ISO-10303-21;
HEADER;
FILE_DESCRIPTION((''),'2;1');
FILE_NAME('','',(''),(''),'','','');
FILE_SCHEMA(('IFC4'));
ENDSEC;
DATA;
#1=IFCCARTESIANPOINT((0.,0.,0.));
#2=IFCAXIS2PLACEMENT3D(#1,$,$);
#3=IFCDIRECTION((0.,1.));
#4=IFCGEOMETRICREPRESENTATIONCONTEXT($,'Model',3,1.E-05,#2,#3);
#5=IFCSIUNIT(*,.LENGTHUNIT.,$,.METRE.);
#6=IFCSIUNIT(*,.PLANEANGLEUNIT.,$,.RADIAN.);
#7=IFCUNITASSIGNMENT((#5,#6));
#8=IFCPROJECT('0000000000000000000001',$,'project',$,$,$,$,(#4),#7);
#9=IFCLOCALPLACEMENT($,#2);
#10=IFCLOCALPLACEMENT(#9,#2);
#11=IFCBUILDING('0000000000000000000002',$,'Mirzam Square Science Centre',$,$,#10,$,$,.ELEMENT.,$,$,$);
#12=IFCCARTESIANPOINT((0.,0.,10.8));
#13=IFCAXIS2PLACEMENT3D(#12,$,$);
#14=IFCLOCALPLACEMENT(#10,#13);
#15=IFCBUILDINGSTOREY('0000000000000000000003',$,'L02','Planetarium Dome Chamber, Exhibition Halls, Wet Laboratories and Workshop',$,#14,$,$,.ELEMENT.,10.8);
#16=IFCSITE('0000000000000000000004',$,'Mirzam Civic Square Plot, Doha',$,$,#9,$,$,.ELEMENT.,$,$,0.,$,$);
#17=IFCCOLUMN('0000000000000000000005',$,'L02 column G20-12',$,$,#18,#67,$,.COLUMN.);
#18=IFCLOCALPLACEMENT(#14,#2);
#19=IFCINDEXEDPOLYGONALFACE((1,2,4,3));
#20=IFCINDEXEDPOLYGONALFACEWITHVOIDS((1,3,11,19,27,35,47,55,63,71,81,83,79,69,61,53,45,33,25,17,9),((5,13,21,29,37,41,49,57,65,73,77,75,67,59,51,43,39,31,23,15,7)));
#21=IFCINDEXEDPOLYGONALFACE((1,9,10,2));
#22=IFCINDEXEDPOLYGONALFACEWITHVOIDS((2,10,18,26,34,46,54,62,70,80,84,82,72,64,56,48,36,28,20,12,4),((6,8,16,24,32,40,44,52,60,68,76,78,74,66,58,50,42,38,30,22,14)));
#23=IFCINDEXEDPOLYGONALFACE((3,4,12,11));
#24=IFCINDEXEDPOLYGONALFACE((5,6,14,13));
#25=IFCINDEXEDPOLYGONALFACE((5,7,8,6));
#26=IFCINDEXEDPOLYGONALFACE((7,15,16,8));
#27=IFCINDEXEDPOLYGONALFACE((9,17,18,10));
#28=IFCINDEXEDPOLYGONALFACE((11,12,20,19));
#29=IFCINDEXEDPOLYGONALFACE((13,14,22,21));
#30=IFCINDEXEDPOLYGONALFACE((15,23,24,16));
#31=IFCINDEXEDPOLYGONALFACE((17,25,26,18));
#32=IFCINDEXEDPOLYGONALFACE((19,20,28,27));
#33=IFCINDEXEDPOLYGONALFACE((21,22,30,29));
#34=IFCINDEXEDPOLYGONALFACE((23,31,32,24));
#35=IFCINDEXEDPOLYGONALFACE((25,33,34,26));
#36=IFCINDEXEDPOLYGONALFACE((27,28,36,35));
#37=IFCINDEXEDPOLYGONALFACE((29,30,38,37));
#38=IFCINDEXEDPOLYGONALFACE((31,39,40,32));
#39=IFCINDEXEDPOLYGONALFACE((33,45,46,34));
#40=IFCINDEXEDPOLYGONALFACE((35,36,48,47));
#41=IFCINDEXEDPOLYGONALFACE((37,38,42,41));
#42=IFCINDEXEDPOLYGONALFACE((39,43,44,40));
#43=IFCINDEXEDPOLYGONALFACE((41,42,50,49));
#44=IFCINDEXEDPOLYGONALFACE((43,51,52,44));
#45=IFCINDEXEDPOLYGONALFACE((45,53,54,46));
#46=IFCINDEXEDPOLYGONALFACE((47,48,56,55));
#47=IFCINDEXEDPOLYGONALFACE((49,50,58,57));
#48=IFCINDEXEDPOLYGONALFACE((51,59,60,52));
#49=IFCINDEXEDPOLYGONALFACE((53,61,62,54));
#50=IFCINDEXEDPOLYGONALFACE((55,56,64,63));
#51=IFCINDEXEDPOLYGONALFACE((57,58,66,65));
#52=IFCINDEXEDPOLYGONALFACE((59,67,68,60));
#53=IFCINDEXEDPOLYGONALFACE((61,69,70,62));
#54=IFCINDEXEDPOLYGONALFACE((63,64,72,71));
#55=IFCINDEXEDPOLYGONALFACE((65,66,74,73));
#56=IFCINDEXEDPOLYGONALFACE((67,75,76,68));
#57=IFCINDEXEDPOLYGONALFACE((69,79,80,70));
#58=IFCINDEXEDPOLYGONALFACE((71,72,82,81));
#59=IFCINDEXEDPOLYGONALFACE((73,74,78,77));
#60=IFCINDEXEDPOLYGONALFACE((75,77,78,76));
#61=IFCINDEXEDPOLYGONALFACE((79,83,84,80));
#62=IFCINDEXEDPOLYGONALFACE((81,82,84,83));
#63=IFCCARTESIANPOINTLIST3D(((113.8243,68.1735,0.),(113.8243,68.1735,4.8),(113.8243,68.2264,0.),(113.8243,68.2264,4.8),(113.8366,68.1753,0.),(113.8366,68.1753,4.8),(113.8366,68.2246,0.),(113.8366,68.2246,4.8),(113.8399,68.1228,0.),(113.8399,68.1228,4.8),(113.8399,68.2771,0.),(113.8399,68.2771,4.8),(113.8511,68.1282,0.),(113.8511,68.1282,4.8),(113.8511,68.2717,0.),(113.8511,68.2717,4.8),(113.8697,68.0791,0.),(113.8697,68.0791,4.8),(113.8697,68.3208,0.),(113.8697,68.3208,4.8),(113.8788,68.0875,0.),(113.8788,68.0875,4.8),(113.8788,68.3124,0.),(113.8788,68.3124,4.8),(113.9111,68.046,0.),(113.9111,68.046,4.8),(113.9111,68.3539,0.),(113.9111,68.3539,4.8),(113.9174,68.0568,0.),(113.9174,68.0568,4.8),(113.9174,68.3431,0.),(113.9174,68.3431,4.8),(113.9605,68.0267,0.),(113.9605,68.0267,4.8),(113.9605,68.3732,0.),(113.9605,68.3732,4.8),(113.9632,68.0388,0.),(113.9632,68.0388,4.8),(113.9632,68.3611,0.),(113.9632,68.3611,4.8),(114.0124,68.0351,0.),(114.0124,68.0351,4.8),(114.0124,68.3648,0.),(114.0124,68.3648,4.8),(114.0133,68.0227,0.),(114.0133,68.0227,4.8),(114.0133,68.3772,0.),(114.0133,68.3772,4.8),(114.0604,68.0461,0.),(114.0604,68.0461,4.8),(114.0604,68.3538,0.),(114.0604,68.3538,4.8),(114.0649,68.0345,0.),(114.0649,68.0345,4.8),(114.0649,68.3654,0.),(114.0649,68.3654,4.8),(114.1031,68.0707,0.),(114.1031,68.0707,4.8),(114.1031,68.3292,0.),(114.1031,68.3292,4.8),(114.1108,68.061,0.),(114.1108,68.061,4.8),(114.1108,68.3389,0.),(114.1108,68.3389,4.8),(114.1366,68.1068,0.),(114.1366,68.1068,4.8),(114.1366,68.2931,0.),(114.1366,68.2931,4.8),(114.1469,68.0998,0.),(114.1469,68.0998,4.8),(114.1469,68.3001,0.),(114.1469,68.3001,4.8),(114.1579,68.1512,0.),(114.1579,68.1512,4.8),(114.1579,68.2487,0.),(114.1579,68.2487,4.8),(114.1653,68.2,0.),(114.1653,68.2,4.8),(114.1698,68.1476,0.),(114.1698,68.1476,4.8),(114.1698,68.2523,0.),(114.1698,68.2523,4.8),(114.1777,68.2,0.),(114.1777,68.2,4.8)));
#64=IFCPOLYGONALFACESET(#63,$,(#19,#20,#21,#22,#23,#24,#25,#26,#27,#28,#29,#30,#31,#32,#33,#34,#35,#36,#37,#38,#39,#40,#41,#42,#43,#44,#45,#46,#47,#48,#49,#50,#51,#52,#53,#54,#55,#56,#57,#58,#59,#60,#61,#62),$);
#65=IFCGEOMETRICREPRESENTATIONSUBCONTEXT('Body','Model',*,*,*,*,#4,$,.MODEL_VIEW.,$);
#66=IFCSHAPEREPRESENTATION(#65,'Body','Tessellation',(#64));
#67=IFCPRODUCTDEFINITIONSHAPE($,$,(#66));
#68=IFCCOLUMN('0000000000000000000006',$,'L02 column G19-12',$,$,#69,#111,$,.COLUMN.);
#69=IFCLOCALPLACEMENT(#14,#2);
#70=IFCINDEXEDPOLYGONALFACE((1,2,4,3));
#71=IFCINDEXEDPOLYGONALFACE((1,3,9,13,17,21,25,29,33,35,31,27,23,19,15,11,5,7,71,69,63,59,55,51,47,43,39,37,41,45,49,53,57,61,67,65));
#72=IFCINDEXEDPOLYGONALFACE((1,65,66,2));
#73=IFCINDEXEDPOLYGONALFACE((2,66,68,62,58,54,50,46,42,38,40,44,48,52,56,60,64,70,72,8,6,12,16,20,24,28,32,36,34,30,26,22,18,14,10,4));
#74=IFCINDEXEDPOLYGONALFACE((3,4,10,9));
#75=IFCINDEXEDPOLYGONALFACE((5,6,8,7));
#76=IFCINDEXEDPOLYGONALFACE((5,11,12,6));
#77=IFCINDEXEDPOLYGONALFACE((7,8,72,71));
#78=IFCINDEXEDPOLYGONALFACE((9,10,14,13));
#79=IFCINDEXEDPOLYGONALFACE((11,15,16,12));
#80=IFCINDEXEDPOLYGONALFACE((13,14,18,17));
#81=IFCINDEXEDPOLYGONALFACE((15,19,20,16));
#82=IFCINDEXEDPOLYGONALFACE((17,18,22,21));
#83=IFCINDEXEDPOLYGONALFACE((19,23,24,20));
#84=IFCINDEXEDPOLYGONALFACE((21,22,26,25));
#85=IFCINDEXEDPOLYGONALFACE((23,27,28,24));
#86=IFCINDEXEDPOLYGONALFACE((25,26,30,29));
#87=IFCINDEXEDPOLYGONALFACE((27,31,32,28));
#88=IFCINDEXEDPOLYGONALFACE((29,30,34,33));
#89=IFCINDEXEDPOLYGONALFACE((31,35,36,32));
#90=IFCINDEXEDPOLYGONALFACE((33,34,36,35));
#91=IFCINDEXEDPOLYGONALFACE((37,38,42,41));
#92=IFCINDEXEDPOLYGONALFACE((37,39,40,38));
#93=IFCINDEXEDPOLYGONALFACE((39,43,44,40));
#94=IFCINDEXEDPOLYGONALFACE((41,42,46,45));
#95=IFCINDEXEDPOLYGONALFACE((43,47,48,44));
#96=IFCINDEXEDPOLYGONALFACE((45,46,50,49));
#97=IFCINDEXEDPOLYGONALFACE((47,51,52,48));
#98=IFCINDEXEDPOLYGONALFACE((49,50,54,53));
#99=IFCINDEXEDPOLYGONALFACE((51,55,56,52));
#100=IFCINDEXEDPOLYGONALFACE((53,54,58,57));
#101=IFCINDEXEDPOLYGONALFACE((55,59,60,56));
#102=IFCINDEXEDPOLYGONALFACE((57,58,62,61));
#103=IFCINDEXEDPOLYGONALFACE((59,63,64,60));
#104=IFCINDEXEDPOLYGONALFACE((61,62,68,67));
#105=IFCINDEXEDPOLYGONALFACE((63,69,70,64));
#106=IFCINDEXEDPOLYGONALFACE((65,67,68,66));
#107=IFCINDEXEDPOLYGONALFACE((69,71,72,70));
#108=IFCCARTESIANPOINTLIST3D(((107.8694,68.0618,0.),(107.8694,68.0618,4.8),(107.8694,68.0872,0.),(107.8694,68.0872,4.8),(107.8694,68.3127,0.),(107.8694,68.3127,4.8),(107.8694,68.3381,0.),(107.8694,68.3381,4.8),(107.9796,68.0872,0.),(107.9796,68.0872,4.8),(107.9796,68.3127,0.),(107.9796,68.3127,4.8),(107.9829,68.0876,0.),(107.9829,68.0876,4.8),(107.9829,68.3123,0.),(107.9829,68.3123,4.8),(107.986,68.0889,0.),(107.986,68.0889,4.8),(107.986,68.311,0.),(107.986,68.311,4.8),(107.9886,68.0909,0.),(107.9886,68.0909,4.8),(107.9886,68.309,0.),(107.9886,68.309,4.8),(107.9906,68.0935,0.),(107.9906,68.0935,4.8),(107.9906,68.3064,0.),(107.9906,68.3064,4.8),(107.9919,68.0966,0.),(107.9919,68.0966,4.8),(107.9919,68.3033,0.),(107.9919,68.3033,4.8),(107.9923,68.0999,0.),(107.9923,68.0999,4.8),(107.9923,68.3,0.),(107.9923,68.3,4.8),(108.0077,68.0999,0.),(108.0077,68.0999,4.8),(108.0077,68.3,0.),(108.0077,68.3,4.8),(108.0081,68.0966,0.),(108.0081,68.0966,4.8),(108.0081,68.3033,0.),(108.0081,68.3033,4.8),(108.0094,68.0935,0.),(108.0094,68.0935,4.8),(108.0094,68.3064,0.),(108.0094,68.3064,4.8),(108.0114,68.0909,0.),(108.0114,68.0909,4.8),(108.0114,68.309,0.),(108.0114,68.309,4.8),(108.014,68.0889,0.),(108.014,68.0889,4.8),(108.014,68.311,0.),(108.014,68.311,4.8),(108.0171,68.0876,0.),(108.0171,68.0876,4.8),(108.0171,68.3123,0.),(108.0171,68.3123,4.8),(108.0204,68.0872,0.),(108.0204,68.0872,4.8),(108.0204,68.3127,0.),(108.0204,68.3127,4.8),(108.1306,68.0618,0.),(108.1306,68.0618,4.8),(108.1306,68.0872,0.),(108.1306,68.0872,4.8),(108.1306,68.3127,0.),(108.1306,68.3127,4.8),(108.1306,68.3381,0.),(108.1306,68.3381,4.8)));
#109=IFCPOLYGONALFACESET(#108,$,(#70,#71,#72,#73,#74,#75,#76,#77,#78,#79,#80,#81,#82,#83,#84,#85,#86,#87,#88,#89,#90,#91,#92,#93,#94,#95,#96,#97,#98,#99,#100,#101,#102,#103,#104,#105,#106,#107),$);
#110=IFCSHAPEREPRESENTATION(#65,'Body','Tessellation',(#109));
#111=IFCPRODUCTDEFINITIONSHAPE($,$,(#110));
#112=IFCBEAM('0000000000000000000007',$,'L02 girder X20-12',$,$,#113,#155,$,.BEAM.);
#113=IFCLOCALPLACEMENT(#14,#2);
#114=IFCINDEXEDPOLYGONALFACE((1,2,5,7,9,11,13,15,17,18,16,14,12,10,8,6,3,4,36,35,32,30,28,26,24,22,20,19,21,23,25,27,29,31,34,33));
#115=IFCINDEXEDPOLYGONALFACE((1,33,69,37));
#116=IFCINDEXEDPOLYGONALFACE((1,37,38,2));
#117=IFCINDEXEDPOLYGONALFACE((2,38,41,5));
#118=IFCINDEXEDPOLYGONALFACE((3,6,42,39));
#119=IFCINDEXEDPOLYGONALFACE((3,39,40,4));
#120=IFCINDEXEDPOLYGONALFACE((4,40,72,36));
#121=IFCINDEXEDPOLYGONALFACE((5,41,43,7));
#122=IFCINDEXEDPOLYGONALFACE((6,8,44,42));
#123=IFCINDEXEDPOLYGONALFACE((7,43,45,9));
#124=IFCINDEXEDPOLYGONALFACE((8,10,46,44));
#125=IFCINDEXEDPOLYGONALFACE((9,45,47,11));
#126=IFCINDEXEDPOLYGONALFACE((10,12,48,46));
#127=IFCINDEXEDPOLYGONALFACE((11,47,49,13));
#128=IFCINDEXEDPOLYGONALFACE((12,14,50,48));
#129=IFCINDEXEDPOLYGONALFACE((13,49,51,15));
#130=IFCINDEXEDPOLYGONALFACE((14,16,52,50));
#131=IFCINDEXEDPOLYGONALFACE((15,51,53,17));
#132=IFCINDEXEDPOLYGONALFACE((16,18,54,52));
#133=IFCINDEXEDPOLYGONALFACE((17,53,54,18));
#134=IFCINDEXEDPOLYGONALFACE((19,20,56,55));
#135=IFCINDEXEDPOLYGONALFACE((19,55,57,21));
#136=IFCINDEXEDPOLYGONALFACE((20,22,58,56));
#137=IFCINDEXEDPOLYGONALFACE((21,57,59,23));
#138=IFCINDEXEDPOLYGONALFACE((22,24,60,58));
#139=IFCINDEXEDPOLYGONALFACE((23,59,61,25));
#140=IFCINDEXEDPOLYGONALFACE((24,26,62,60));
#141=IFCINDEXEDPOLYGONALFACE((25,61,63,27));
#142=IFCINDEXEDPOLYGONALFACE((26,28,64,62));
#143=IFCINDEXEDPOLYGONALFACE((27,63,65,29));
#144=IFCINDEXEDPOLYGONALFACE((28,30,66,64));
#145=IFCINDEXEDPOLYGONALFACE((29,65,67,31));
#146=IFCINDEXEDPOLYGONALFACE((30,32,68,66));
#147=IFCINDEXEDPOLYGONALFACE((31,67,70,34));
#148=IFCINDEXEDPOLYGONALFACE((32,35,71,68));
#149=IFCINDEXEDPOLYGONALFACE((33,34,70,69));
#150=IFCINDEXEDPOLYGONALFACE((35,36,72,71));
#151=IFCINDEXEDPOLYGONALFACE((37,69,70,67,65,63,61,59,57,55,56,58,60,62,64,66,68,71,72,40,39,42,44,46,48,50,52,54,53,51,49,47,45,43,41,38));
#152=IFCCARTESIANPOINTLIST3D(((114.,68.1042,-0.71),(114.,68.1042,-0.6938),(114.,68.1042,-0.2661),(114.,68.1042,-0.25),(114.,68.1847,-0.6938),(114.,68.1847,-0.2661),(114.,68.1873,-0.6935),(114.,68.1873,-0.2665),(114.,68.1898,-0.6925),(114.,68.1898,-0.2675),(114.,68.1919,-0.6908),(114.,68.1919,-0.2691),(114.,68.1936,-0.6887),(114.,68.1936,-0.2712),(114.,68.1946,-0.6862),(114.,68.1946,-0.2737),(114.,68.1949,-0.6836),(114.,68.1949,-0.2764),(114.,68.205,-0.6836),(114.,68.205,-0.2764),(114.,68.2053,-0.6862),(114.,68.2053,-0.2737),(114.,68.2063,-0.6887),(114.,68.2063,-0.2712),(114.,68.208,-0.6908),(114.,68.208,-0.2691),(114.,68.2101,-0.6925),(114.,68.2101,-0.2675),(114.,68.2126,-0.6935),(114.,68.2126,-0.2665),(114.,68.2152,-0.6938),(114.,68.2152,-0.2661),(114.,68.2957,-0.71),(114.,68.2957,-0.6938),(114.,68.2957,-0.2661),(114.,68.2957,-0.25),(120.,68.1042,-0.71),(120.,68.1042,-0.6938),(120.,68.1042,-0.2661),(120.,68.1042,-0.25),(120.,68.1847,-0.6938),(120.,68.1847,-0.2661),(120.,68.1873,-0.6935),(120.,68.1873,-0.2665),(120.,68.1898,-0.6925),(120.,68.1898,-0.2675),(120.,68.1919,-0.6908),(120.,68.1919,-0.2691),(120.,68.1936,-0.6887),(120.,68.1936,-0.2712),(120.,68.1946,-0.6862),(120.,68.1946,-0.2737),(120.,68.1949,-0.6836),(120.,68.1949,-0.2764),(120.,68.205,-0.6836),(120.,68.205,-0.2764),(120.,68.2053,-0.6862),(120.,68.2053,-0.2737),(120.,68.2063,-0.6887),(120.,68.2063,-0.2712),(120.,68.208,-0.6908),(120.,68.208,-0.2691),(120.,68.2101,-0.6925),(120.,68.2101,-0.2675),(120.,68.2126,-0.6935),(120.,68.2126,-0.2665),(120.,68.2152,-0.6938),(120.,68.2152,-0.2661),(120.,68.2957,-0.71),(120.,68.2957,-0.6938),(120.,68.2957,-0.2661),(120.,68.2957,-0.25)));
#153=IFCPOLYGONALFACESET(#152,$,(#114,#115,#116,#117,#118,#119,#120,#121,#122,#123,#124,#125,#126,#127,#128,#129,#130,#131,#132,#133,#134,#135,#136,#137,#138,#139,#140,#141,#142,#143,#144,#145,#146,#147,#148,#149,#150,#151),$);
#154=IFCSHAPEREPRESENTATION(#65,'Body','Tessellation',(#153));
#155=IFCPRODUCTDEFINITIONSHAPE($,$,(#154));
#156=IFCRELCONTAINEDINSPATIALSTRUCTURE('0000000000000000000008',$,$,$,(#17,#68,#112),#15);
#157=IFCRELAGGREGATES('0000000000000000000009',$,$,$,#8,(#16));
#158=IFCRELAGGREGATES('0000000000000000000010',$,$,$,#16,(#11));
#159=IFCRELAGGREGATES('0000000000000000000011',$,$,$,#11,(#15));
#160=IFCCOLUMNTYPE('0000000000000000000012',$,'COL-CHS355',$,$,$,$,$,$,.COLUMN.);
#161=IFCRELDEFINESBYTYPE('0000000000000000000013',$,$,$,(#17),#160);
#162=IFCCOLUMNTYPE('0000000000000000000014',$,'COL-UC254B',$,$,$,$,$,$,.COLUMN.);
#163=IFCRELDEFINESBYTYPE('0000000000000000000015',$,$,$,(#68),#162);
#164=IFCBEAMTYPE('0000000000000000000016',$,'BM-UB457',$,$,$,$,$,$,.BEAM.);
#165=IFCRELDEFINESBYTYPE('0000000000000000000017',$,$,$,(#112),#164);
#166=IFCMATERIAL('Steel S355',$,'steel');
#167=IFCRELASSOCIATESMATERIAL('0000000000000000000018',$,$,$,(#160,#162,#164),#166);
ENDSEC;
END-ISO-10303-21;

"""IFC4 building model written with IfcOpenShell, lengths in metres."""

from ifc_helpers import new_model, si_unit, direction, frame, origin, origin_2d, place, context, subcontext, project, spatial, hollow_circle, i_section, extrude, material, material_profile, profile_set, type_object, element, save


model = new_model("IFC4")

# Units and contexts
model_context = context("Model", 3, precision=1e-05, world=origin(), true_north=direction((0.0, 1.0)))
body_context = subcontext(model_context, "Body", "Model", "MODEL_VIEW")
ifc_project = project(units=[si_unit("LENGTHUNIT", "METRE"), si_unit("PLANEANGLEUNIT", "RADIAN")], contexts=[model_context])

# Site, building, storey
site_placement = place(None, origin())
site = spatial("IfcSite", under=ifc_project, at=site_placement, Name="Mirzam Civic Square Plot, Doha", CompositionType="ELEMENT", RefElevation=0.0)
building_placement = place(site_placement, origin())
building = spatial("IfcBuilding", under=site, at=building_placement, Name="Mirzam Square Science Centre", CompositionType="ELEMENT")
storey_placement = place(building_placement, frame((0.0, 0.0, 10.8)))
storey = spatial("IfcBuildingStorey", under=building, at=storey_placement, Name="L02", Description="Planetarium Dome Chamber, Exhibition Halls, Wet Laboratories and Workshop", CompositionType="ELEMENT", Elevation=10.8)

# Columns
ifc_material_1 = material(Name="Steel S355", Category="steel")
ifc_material_profile_1 = material_profile(ifc_material_1, hollow_circle(Radius=0.1777, WallThickness=0.0125, at=origin_2d()), Name="355.6x12.5CHS")
ifc_profile_set_1 = profile_set([ifc_material_profile_1], Name="Steel S355")
column_type_1 = type_object("IfcColumnType", Name="COL-CHS355", PredefinedType="COLUMN", material=ifc_profile_set_1)
column_1_placement = place(storey_placement, frame((114.0, 68.2, 0.0), z_axis=(0.0, 0.0, 1.0), x_axis=(1.0, 0.0, 0.0)))
element("IfcColumn", 1, at=column_1_placement, inside=storey, type_object=column_type_1, Name="L02 column G20-12", PredefinedType="COLUMN", context=body_context, shape_type="SweptSolid", body=[
    extrude(hollow_circle(Radius=0.1777, WallThickness=0.0125, at=origin_2d()), origin(), (0.0, 0.0, 1.0), 4.8),
])
ifc_material_profile_2 = material_profile(ifc_material_1, i_section(OverallWidth=0.2612, OverallDepth=0.2764, WebThickness=0.0154, FlangeThickness=0.0254, FilletRadius=0.0127, at=origin_2d()), Name="254x254x132UC")
ifc_profile_set_2 = profile_set([ifc_material_profile_2], Name="Steel S355")
column_type_2 = type_object("IfcColumnType", Name="COL-UC254B", PredefinedType="COLUMN", material=ifc_profile_set_2)
column_2_placement = place(storey_placement, frame((108.0, 68.2, 0.0), z_axis=(0.0, 0.0, 1.0), x_axis=(1.0, 0.0, 0.0)))
element("IfcColumn", 2, at=column_2_placement, inside=storey, type_object=column_type_2, Name="L02 column G19-12", PredefinedType="COLUMN", context=body_context, shape_type="SweptSolid", body=[
    extrude(i_section(OverallWidth=0.2612, OverallDepth=0.2764, WebThickness=0.0154, FlangeThickness=0.0254, FilletRadius=0.0127, at=origin_2d()), origin(), (0.0, 0.0, 1.0), 4.8),
])

# Beam
ifc_material_profile_3 = material_profile(ifc_material_1, i_section(OverallWidth=0.1914, OverallDepth=0.46, WebThickness=0.01, FlangeThickness=0.0161, FilletRadius=0.0103, at=origin_2d()), Name="457x191x82UB")
ifc_profile_set_3 = profile_set([ifc_material_profile_3], Name="Steel S355")
beam_type_1 = type_object("IfcBeamType", Name="BM-UB457", PredefinedType="BEAM", material=ifc_profile_set_3)
beam_1_placement = place(storey_placement, frame((114.0, 68.2, -0.48), z_axis=(1.0, 0.0, 0.0), x_axis=(0.0, 1.0, 0.0)))
element("IfcBeam", 3, at=beam_1_placement, inside=storey, type_object=beam_type_1, Name="L02 girder X20-12", PredefinedType="BEAM", context=body_context, shape_type="SweptSolid", body=[
    extrude(i_section(OverallWidth=0.1914, OverallDepth=0.46, WebThickness=0.01, FlangeThickness=0.0161, FilletRadius=0.0103, at=origin_2d()), origin(), (0.0, 0.0, 1.0), 6.0),
])

save(model, "model.ifc")
